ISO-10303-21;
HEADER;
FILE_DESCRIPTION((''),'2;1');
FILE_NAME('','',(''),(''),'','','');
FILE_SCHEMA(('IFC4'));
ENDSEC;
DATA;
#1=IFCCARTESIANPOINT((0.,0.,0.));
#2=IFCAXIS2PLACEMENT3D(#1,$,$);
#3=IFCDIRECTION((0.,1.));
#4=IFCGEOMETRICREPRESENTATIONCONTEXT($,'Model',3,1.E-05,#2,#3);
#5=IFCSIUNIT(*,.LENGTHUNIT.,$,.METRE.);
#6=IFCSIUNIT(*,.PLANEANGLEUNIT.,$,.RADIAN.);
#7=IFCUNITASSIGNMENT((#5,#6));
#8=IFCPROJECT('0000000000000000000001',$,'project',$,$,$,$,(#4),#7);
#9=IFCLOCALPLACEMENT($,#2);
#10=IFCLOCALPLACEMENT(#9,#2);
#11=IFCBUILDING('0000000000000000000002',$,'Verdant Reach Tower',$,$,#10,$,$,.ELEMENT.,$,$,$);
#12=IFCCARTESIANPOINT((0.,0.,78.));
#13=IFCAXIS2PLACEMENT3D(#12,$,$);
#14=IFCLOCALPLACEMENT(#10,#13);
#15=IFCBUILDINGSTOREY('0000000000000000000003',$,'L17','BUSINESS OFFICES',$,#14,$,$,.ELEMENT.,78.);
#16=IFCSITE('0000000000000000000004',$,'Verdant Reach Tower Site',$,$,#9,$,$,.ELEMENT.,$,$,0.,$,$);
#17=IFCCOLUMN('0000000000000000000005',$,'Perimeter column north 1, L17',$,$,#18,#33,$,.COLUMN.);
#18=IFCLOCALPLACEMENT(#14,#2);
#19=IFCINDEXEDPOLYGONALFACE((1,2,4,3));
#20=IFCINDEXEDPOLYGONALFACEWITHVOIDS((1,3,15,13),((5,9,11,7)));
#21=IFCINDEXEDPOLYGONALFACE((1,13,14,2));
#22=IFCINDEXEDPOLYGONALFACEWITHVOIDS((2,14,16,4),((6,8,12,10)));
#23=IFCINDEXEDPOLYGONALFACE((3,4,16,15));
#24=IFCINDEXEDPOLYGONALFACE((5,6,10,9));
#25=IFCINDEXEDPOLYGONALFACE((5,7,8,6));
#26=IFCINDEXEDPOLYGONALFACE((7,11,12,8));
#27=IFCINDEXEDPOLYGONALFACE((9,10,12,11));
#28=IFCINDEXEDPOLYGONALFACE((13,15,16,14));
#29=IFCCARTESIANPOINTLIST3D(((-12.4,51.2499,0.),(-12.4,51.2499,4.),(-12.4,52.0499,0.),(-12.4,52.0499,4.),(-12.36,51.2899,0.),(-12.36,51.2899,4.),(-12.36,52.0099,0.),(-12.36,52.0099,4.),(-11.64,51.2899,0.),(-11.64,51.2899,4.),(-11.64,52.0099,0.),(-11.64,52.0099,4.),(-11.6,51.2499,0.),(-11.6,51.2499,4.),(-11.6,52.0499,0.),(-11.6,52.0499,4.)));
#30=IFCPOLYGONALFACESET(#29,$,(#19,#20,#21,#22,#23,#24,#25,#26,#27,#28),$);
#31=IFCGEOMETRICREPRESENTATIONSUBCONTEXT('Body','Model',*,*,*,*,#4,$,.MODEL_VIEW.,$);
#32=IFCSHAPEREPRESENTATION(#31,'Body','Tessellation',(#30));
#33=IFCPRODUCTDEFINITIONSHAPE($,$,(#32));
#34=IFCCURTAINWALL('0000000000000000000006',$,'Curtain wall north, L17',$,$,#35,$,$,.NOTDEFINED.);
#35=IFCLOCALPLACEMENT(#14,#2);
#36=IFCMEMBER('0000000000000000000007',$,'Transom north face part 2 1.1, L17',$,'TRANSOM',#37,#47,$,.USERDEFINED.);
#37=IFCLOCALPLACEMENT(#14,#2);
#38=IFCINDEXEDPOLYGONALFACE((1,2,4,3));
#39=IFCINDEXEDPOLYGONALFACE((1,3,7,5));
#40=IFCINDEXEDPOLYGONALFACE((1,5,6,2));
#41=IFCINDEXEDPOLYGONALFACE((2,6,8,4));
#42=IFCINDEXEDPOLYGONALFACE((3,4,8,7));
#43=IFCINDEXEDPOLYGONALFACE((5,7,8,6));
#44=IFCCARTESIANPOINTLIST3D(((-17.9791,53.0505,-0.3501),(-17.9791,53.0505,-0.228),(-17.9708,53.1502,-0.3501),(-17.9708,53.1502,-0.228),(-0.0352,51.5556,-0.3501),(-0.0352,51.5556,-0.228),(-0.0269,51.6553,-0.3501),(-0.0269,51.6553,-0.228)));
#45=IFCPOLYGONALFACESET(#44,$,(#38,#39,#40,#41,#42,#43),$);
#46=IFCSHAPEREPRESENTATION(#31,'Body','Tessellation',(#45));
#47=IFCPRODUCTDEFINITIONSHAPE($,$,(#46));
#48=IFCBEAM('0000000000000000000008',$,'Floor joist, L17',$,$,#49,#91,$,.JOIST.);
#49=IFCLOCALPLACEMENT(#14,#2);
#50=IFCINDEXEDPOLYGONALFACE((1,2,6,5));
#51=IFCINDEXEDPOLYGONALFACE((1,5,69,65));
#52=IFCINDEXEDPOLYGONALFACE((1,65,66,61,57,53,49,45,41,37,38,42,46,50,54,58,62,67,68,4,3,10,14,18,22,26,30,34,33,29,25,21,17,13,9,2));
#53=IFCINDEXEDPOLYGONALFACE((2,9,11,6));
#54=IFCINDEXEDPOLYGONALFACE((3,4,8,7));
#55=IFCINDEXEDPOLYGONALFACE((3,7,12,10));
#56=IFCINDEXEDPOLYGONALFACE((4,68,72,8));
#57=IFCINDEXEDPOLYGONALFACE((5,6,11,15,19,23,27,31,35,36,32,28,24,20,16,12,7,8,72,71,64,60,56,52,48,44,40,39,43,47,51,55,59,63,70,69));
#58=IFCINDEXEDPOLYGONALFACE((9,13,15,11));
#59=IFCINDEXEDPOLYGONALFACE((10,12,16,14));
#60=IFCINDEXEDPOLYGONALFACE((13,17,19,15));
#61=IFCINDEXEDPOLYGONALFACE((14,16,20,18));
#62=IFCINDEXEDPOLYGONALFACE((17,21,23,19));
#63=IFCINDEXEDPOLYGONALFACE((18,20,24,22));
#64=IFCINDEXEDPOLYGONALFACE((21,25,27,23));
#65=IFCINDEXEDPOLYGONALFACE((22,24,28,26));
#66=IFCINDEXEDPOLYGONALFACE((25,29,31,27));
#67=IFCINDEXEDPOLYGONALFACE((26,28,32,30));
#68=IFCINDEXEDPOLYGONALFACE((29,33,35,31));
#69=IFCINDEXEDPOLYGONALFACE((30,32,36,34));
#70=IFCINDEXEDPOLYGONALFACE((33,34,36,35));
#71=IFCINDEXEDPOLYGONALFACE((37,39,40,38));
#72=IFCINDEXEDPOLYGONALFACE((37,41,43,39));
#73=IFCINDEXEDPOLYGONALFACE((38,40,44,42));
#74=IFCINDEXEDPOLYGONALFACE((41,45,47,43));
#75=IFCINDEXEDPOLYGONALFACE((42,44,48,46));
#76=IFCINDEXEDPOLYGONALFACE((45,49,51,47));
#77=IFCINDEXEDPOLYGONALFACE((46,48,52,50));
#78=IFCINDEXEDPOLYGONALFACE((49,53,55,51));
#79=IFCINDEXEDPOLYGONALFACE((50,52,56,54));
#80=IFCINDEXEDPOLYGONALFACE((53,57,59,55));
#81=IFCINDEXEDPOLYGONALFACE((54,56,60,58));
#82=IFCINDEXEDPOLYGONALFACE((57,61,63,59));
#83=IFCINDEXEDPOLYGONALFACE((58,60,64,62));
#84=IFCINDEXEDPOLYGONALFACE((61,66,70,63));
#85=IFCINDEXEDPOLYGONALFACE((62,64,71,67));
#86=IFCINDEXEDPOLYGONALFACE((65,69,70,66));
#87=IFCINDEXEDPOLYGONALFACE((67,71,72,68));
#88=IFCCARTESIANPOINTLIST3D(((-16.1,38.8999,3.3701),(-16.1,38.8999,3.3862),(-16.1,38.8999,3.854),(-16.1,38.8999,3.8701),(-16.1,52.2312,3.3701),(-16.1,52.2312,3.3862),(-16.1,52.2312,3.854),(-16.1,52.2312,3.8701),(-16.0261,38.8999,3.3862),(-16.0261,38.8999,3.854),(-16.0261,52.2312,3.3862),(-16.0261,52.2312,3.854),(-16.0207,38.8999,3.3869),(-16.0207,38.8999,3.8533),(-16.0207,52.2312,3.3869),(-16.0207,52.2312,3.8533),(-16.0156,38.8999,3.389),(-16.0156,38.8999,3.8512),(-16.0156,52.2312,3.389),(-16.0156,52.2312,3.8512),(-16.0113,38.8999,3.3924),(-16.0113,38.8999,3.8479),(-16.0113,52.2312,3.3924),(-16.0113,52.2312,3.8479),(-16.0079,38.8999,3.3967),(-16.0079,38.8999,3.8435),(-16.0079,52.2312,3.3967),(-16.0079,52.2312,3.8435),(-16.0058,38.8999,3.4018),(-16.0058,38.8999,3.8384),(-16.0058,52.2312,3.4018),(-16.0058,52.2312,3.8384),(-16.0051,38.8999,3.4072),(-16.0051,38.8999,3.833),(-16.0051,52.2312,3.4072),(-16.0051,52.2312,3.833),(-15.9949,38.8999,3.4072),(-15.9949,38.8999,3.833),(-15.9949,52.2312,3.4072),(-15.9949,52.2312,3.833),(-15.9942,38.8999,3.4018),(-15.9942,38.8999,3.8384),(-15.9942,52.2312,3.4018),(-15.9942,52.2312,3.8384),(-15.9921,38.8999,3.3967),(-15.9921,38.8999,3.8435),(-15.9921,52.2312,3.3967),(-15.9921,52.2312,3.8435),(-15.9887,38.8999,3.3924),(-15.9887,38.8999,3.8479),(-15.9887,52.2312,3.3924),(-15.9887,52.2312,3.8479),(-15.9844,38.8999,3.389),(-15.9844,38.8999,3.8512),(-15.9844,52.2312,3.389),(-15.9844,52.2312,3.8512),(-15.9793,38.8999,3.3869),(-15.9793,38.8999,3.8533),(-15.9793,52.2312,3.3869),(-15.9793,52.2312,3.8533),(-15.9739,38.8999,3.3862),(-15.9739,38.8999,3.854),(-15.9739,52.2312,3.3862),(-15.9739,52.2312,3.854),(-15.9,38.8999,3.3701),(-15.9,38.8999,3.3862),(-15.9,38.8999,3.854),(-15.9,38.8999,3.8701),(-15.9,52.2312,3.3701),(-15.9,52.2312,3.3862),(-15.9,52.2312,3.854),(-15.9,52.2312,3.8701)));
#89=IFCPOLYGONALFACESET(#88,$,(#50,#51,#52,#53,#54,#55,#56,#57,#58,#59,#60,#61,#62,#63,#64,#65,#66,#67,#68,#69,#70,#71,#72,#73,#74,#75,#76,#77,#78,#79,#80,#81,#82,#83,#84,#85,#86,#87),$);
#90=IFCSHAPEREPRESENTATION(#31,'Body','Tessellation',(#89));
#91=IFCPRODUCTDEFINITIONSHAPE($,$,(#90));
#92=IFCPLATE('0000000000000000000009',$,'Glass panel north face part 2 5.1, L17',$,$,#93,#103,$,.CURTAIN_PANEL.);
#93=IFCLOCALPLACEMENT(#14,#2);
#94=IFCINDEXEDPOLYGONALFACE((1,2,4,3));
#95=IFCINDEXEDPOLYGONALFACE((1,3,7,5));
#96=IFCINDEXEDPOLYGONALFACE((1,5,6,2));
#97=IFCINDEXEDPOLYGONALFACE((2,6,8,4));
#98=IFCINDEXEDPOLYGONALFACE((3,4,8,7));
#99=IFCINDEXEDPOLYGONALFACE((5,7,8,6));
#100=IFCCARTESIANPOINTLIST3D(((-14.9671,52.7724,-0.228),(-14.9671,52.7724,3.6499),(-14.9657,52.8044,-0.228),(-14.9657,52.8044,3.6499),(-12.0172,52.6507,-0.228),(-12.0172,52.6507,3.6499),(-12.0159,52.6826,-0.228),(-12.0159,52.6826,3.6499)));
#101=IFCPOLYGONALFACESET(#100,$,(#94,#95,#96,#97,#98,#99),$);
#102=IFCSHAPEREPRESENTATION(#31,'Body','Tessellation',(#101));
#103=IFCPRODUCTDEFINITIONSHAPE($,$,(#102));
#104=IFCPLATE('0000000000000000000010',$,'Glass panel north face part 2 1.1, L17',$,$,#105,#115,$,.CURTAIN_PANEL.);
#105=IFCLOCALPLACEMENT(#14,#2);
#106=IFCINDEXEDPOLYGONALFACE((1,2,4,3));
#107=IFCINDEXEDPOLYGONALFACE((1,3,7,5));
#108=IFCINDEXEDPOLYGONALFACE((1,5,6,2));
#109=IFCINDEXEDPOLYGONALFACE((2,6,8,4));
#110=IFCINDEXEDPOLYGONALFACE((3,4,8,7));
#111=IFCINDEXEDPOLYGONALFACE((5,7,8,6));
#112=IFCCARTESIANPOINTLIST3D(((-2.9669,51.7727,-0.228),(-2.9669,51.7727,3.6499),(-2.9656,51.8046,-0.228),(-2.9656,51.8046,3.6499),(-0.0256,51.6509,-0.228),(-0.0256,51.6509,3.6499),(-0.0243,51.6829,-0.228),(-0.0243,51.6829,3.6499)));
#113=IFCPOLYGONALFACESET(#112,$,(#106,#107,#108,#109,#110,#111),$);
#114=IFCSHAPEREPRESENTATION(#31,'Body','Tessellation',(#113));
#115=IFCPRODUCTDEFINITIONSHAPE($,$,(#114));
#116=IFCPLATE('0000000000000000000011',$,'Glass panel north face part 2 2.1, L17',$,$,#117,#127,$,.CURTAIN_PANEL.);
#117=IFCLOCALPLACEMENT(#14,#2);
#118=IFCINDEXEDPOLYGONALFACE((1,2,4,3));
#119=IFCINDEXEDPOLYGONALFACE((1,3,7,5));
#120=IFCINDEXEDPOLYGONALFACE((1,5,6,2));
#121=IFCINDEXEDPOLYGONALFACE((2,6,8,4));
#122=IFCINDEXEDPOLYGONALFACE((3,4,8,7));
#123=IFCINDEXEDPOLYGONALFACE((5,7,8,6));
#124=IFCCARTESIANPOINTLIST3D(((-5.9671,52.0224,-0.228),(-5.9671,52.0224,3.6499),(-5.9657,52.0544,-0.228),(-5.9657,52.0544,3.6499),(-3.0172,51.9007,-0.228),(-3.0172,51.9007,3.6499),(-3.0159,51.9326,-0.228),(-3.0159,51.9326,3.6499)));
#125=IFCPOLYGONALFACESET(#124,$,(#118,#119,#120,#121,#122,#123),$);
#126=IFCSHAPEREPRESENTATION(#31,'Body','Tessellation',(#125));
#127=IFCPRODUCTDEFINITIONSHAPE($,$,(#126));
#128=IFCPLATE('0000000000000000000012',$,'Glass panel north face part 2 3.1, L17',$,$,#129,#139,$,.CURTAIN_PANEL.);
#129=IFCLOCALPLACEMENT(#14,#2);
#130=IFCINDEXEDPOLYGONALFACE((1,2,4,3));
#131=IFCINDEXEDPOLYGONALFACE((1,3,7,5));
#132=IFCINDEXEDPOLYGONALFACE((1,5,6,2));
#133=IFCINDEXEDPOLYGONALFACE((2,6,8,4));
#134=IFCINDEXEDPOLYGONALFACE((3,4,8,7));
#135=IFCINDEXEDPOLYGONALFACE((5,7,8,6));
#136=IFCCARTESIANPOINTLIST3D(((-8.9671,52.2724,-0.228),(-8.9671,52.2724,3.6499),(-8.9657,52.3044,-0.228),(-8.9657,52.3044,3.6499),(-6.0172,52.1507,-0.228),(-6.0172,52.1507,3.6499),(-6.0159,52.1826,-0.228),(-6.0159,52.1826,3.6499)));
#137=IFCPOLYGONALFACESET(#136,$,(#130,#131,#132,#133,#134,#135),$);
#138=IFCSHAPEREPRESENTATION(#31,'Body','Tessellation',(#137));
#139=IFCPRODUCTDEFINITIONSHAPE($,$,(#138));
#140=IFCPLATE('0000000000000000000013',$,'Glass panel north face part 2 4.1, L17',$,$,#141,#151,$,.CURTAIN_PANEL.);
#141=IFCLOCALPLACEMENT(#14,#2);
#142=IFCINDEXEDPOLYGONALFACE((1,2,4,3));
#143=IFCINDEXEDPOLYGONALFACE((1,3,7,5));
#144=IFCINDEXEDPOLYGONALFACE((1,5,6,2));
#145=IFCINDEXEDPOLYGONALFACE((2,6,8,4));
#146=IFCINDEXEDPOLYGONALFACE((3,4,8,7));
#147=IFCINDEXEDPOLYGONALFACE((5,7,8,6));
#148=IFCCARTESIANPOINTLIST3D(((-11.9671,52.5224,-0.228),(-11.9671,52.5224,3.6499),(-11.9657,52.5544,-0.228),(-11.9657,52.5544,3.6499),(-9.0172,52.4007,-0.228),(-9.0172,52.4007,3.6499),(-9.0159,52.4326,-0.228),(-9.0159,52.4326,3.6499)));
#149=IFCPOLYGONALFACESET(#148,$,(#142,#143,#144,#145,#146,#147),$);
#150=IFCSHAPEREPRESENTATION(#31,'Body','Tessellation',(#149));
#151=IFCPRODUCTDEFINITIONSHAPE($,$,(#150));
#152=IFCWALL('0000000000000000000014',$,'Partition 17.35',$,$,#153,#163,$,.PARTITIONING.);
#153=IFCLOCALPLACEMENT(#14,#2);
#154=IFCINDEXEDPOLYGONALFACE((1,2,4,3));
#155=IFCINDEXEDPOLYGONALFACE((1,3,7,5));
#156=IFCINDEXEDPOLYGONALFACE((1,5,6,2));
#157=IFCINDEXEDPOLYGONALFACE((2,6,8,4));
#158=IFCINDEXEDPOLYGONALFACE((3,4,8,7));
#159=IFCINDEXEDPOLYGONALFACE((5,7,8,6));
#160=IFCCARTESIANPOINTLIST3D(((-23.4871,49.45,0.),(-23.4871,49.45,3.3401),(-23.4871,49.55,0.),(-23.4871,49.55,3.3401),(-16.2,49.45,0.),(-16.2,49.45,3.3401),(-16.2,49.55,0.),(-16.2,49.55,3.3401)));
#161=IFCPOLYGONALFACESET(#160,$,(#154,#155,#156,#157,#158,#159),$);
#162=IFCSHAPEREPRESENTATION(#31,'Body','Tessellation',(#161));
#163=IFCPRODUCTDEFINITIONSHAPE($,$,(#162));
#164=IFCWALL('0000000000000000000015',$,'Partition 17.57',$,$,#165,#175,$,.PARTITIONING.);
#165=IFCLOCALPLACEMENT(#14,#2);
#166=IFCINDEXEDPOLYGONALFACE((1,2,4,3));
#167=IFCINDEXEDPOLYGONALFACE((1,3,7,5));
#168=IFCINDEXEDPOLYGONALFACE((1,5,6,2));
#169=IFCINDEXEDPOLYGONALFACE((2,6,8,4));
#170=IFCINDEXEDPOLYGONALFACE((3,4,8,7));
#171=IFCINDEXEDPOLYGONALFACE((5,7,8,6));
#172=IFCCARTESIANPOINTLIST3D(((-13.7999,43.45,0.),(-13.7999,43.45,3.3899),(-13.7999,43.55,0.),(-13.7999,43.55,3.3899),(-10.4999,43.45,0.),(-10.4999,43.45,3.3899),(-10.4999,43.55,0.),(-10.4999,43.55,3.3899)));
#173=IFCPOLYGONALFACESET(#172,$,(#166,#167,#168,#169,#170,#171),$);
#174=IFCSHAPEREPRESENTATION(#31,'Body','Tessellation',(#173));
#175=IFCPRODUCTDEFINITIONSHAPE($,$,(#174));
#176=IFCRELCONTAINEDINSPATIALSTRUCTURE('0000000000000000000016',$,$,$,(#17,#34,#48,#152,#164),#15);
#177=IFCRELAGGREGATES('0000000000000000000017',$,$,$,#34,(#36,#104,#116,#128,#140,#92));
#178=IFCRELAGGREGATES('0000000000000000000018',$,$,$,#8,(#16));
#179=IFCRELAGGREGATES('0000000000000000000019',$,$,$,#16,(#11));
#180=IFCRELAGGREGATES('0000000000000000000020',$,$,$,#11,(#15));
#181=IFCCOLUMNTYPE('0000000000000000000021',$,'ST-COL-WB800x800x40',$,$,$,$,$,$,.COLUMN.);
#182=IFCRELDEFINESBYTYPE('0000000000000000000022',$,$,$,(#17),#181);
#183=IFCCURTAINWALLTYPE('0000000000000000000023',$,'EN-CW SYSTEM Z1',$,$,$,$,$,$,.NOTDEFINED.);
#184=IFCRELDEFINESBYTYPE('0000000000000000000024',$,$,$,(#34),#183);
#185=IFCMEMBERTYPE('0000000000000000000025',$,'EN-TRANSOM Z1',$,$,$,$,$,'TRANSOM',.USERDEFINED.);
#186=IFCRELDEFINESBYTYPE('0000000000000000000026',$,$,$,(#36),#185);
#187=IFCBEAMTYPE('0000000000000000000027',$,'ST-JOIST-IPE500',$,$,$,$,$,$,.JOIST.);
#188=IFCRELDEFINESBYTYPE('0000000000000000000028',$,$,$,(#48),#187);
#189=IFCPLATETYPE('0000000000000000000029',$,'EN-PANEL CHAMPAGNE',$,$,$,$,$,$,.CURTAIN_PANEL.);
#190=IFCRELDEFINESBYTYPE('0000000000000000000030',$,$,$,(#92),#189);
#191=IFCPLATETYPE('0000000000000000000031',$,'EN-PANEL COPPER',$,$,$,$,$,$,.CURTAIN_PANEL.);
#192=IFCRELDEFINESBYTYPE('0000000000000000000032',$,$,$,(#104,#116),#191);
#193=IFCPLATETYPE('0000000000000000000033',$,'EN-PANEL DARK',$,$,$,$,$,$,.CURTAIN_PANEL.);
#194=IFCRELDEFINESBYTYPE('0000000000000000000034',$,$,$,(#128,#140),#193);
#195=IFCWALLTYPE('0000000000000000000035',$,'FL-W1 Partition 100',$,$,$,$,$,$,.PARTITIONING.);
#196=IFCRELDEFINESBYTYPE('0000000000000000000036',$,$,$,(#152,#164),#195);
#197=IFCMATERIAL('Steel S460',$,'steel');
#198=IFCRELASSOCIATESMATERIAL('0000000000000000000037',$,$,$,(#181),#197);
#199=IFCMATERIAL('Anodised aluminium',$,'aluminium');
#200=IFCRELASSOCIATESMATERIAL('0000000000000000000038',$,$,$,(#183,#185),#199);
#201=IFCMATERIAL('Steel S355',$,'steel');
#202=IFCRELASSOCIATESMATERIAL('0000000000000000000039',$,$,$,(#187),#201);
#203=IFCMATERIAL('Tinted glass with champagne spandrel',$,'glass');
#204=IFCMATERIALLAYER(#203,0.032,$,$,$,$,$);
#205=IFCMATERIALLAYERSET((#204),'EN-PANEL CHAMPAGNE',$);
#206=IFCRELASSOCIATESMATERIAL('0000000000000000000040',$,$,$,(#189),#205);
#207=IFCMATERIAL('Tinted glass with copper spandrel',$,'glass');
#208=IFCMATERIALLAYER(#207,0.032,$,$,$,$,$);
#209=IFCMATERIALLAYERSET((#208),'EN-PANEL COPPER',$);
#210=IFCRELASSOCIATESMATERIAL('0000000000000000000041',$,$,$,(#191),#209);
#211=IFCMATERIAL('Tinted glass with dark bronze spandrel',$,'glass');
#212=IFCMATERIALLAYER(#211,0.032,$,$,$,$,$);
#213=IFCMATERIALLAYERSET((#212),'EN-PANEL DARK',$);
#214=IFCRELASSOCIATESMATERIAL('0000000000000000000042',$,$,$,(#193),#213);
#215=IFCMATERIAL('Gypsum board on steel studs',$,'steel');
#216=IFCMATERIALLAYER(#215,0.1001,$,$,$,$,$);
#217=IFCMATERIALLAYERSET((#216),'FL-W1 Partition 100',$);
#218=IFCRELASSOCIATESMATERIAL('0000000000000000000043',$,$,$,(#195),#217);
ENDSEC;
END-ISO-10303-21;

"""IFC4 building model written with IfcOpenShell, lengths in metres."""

from ifc_helpers import new_model, si_unit, direction, frame, frame_2d, origin, origin_2d, place, context, subcontext, project, spatial, rectangle, hollow_rectangle, i_section, extrude, material, layer, layer_set, material_profile, profile_set, type_object, element, aggregate, save


model = new_model("IFC4")

# Units and contexts
model_context = context("Model", 3, precision=1e-05, world=origin(), true_north=direction((0.0, 1.0)))
body_context = subcontext(model_context, "Body", "Model", "MODEL_VIEW")
ifc_project = project(units=[si_unit("LENGTHUNIT", "METRE"), si_unit("PLANEANGLEUNIT", "RADIAN")], contexts=[model_context])

# Site, building, storey
site_placement = place(None, origin())
site = spatial("IfcSite", under=ifc_project, at=site_placement, Name="Verdant Reach Tower Site", CompositionType="ELEMENT", RefElevation=0.0)
building_placement = place(site_placement, origin())
building = spatial("IfcBuilding", under=site, at=building_placement, Name="Verdant Reach Tower", CompositionType="ELEMENT")
storey_placement = place(building_placement, frame((0.0, 0.0, 78.0)))
storey = spatial("IfcBuildingStorey", under=building, at=storey_placement, Name="L17", Description="BUSINESS OFFICES", CompositionType="ELEMENT", Elevation=78.0)

# Column
ifc_material_1 = material(Name="Steel S460", Category="steel")
ifc_material_profile_1 = material_profile(ifc_material_1, hollow_rectangle(XDim=0.8, YDim=0.8, WallThickness=0.04, at=origin_2d()), Name="WB 800x800x40")
ifc_profile_set_1 = profile_set([ifc_material_profile_1], Name="Steel S460")
column_type = type_object("IfcColumnType", Name="ST-COL-WB800x800x40", PredefinedType="COLUMN", material=ifc_profile_set_1)
column_placement = place(storey_placement, frame((-12.0, 51.6499, 0.0), z_axis=(0.0, 0.0, 1.0), x_axis=(1.0, 0.0, 0.0)))
element("IfcColumn", 1, at=column_placement, inside=storey, type_object=column_type, Name="Perimeter column north 1, L17", PredefinedType="COLUMN", context=body_context, shape_type="SweptSolid", body=[
    extrude(hollow_rectangle(XDim=0.8, YDim=0.8, WallThickness=0.04, at=origin_2d()), origin(), (0.0, 0.0, 1.0), 4.0),
])

# Curtain wall, member
ifc_material_2 = material(Name="Anodised aluminium", Category="aluminium")
curtain_wall_type = type_object("IfcCurtainWallType", Name="EN-CW SYSTEM Z1", PredefinedType="NOTDEFINED", material=ifc_material_2)
curtain_wall_placement = place(storey_placement, origin())
curtain_wall = element("IfcCurtainWall", 2, at=curtain_wall_placement, inside=storey, type_object=curtain_wall_type, Name="Curtain wall north, L17", PredefinedType="NOTDEFINED")
ifc_material_profile_2 = material_profile(ifc_material_2, rectangle(XDim=0.1001, YDim=0.1221, at=origin_2d()), Name="Transom 122x100")
ifc_profile_set_2 = profile_set([ifc_material_profile_2], Name="Anodised aluminium")
member_type = type_object("IfcMemberType", Name="EN-TRANSOM Z1", ElementType="TRANSOM", PredefinedType="USERDEFINED", material=ifc_profile_set_2)
member_placement = place(storey_placement, frame((-0.031, 51.6055, -0.2891), z_axis=(-0.996548, 0.083021, 0.0), x_axis=(-0.083021, -0.996548, 0.0)))
member = element("IfcMember", 3, at=member_placement, type_object=member_type, Name="Transom north face part 2 1.1, L17", ObjectType="TRANSOM", PredefinedType="USERDEFINED", context=body_context, shape_type="SweptSolid", body=[
    extrude(rectangle(XDim=0.1001, YDim=0.1221, at=origin_2d()), origin(), (0.0, 0.0, 1.0), 18.0061),
])

# Beam
ifc_material_3 = material(Name="Steel S355", Category="steel")
ifc_material_profile_3 = material_profile(ifc_material_3, i_section(OverallWidth=0.2, OverallDepth=0.5, WebThickness=0.0103, FlangeThickness=0.0161, FilletRadius=0.021, at=origin_2d()), Name="IPE 500")
ifc_profile_set_3 = profile_set([ifc_material_profile_3], Name="Steel S355")
beam_type = type_object("IfcBeamType", Name="ST-JOIST-IPE500", PredefinedType="JOIST", material=ifc_profile_set_3)
beam_placement = place(storey_placement, frame((-16.0, 38.8999, 3.6201), z_axis=(0.0, 1.0, 0.0), x_axis=(-1.0, 0.0, 0.0)))
element("IfcBeam", 4, at=beam_placement, inside=storey, type_object=beam_type, Name="Floor joist, L17", PredefinedType="JOIST", context=body_context, shape_type="SweptSolid", body=[
    extrude(i_section(OverallWidth=0.2, OverallDepth=0.5, WebThickness=0.0103, FlangeThickness=0.0161, FilletRadius=0.021, at=origin_2d()), origin(), (0.0, 0.0, 1.0), 13.3313),
])

# Plates
ifc_material_4 = material(Name="Tinted glass with champagne spandrel", Category="glass")
ifc_layer_1 = layer(ifc_material_4, 0.032)
ifc_layer_set_1 = layer_set([ifc_layer_1], Name="EN-PANEL CHAMPAGNE")
plate_type_1 = type_object("IfcPlateType", Name="EN-PANEL CHAMPAGNE", PredefinedType="CURTAIN_PANEL", material=ifc_layer_set_1)
plate_1_placement = place(storey_placement, frame((-13.4915, 52.7275, -0.228), z_axis=(0.0, 0.0, 1.0), x_axis=(-0.999149, 0.041242, 0.0)))
plate_1 = element("IfcPlate", 5, at=plate_1_placement, type_object=plate_type_1, Name="Glass panel north face part 2 5.1, L17", PredefinedType="CURTAIN_PANEL", context=body_context, shape_type="SweptSolid", body=[
    extrude(rectangle(XDim=2.9524, YDim=0.032, at=origin_2d()), origin(), (0.0, 0.0, 1.0), 3.8779),
])
ifc_material_5 = material(Name="Tinted glass with copper spandrel", Category="glass")
ifc_layer_2 = layer(ifc_material_5, 0.032)
ifc_layer_set_2 = layer_set([ifc_layer_2], Name="EN-PANEL COPPER")
plate_type_2 = type_object("IfcPlateType", Name="EN-PANEL COPPER", PredefinedType="CURTAIN_PANEL", material=ifc_layer_set_2)
plate_2_placement = place(storey_placement, frame((-1.4956, 51.7278, -0.228), z_axis=(0.0, 0.0, 1.0), x_axis=(-0.999144, 0.04136, 0.0)))
plate_2 = element("IfcPlate", 6, at=plate_2_placement, type_object=plate_type_2, Name="Glass panel north face part 2 1.1, L17", PredefinedType="CURTAIN_PANEL", context=body_context, shape_type="SweptSolid", body=[
    extrude(rectangle(XDim=2.9438, YDim=0.032, at=origin_2d()), origin(), (0.0, 0.0, 1.0), 3.8779),
])
plate_3_placement = place(storey_placement, frame((-4.4915, 51.9775, -0.228), z_axis=(0.0, 0.0, 1.0), x_axis=(-0.999149, 0.041242, 0.0)))
plate_3 = element("IfcPlate", 7, at=plate_3_placement, type_object=plate_type_2, Name="Glass panel north face part 2 2.1, L17", PredefinedType="CURTAIN_PANEL", context=body_context, shape_type="SweptSolid", body=[
    extrude(rectangle(XDim=2.9524, YDim=0.032, at=origin_2d()), origin(), (0.0, 0.0, 1.0), 3.8779),
])
ifc_material_6 = material(Name="Tinted glass with dark bronze spandrel", Category="glass")
ifc_layer_3 = layer(ifc_material_6, 0.032)
ifc_layer_set_3 = layer_set([ifc_layer_3], Name="EN-PANEL DARK")
plate_type_3 = type_object("IfcPlateType", Name="EN-PANEL DARK", PredefinedType="CURTAIN_PANEL", material=ifc_layer_set_3)
plate_4_placement = place(storey_placement, frame((-7.4915, 52.2275, -0.228), z_axis=(0.0, 0.0, 1.0), x_axis=(-0.999149, 0.041242, 0.0)))
plate_4 = element("IfcPlate", 8, at=plate_4_placement, type_object=plate_type_3, Name="Glass panel north face part 2 3.1, L17", PredefinedType="CURTAIN_PANEL", context=body_context, shape_type="SweptSolid", body=[
    extrude(rectangle(XDim=2.9524, YDim=0.032, at=origin_2d()), origin(), (0.0, 0.0, 1.0), 3.8779),
])
plate_5_placement = place(storey_placement, frame((-10.4915, 52.4775, -0.228), z_axis=(0.0, 0.0, 1.0), x_axis=(-0.999149, 0.041242, 0.0)))
plate_5 = element("IfcPlate", 9, at=plate_5_placement, type_object=plate_type_3, Name="Glass panel north face part 2 4.1, L17", PredefinedType="CURTAIN_PANEL", context=body_context, shape_type="SweptSolid", body=[
    extrude(rectangle(XDim=2.9524, YDim=0.032, at=origin_2d()), origin(), (0.0, 0.0, 1.0), 3.8779),
])
aggregate(curtain_wall, [member, plate_2, plate_3, plate_4, plate_5, plate_1])

# Walls
ifc_material_7 = material(Name="Gypsum board on steel studs", Category="steel")
ifc_layer_4 = layer(ifc_material_7, 0.1001)
ifc_layer_set_4 = layer_set([ifc_layer_4], Name="FL-W1 Partition 100")
wall_type_1 = type_object("IfcWallType", Name="FL-W1 Partition 100", PredefinedType="PARTITIONING", material=ifc_layer_set_4)
wall_1_placement = place(storey_placement, frame((-16.2, 49.5, 0.0), z_axis=(0.0, 0.0, 1.0), x_axis=(-1.0, 0.0, 0.0)))
element("IfcWall", 10, at=wall_1_placement, inside=storey, type_object=wall_type_1, Name="Partition 17.35", PredefinedType="PARTITIONING", context=body_context, shape_type="SweptSolid", body=[
    extrude(rectangle(XDim=7.2871, YDim=0.1001, at=frame_2d((3.6436, 0.0))), origin(), (0.0, 0.0, 1.0), 3.3401),
])
wall_2_placement = place(storey_placement, frame((-10.5, 43.5, 0.0), z_axis=(0.0, 0.0, 1.0), x_axis=(-1.0, 0.0, 0.0)))
element("IfcWall", 11, at=wall_2_placement, inside=storey, type_object=wall_type_1, Name="Partition 17.57", PredefinedType="PARTITIONING", context=body_context, shape_type="SweptSolid", body=[
    extrude(rectangle(XDim=3.3, YDim=0.1001, at=frame_2d((1.6499, 0.0))), origin(), (0.0, 0.0, 1.0), 3.3899),
])

save(model, "model.ifc")
